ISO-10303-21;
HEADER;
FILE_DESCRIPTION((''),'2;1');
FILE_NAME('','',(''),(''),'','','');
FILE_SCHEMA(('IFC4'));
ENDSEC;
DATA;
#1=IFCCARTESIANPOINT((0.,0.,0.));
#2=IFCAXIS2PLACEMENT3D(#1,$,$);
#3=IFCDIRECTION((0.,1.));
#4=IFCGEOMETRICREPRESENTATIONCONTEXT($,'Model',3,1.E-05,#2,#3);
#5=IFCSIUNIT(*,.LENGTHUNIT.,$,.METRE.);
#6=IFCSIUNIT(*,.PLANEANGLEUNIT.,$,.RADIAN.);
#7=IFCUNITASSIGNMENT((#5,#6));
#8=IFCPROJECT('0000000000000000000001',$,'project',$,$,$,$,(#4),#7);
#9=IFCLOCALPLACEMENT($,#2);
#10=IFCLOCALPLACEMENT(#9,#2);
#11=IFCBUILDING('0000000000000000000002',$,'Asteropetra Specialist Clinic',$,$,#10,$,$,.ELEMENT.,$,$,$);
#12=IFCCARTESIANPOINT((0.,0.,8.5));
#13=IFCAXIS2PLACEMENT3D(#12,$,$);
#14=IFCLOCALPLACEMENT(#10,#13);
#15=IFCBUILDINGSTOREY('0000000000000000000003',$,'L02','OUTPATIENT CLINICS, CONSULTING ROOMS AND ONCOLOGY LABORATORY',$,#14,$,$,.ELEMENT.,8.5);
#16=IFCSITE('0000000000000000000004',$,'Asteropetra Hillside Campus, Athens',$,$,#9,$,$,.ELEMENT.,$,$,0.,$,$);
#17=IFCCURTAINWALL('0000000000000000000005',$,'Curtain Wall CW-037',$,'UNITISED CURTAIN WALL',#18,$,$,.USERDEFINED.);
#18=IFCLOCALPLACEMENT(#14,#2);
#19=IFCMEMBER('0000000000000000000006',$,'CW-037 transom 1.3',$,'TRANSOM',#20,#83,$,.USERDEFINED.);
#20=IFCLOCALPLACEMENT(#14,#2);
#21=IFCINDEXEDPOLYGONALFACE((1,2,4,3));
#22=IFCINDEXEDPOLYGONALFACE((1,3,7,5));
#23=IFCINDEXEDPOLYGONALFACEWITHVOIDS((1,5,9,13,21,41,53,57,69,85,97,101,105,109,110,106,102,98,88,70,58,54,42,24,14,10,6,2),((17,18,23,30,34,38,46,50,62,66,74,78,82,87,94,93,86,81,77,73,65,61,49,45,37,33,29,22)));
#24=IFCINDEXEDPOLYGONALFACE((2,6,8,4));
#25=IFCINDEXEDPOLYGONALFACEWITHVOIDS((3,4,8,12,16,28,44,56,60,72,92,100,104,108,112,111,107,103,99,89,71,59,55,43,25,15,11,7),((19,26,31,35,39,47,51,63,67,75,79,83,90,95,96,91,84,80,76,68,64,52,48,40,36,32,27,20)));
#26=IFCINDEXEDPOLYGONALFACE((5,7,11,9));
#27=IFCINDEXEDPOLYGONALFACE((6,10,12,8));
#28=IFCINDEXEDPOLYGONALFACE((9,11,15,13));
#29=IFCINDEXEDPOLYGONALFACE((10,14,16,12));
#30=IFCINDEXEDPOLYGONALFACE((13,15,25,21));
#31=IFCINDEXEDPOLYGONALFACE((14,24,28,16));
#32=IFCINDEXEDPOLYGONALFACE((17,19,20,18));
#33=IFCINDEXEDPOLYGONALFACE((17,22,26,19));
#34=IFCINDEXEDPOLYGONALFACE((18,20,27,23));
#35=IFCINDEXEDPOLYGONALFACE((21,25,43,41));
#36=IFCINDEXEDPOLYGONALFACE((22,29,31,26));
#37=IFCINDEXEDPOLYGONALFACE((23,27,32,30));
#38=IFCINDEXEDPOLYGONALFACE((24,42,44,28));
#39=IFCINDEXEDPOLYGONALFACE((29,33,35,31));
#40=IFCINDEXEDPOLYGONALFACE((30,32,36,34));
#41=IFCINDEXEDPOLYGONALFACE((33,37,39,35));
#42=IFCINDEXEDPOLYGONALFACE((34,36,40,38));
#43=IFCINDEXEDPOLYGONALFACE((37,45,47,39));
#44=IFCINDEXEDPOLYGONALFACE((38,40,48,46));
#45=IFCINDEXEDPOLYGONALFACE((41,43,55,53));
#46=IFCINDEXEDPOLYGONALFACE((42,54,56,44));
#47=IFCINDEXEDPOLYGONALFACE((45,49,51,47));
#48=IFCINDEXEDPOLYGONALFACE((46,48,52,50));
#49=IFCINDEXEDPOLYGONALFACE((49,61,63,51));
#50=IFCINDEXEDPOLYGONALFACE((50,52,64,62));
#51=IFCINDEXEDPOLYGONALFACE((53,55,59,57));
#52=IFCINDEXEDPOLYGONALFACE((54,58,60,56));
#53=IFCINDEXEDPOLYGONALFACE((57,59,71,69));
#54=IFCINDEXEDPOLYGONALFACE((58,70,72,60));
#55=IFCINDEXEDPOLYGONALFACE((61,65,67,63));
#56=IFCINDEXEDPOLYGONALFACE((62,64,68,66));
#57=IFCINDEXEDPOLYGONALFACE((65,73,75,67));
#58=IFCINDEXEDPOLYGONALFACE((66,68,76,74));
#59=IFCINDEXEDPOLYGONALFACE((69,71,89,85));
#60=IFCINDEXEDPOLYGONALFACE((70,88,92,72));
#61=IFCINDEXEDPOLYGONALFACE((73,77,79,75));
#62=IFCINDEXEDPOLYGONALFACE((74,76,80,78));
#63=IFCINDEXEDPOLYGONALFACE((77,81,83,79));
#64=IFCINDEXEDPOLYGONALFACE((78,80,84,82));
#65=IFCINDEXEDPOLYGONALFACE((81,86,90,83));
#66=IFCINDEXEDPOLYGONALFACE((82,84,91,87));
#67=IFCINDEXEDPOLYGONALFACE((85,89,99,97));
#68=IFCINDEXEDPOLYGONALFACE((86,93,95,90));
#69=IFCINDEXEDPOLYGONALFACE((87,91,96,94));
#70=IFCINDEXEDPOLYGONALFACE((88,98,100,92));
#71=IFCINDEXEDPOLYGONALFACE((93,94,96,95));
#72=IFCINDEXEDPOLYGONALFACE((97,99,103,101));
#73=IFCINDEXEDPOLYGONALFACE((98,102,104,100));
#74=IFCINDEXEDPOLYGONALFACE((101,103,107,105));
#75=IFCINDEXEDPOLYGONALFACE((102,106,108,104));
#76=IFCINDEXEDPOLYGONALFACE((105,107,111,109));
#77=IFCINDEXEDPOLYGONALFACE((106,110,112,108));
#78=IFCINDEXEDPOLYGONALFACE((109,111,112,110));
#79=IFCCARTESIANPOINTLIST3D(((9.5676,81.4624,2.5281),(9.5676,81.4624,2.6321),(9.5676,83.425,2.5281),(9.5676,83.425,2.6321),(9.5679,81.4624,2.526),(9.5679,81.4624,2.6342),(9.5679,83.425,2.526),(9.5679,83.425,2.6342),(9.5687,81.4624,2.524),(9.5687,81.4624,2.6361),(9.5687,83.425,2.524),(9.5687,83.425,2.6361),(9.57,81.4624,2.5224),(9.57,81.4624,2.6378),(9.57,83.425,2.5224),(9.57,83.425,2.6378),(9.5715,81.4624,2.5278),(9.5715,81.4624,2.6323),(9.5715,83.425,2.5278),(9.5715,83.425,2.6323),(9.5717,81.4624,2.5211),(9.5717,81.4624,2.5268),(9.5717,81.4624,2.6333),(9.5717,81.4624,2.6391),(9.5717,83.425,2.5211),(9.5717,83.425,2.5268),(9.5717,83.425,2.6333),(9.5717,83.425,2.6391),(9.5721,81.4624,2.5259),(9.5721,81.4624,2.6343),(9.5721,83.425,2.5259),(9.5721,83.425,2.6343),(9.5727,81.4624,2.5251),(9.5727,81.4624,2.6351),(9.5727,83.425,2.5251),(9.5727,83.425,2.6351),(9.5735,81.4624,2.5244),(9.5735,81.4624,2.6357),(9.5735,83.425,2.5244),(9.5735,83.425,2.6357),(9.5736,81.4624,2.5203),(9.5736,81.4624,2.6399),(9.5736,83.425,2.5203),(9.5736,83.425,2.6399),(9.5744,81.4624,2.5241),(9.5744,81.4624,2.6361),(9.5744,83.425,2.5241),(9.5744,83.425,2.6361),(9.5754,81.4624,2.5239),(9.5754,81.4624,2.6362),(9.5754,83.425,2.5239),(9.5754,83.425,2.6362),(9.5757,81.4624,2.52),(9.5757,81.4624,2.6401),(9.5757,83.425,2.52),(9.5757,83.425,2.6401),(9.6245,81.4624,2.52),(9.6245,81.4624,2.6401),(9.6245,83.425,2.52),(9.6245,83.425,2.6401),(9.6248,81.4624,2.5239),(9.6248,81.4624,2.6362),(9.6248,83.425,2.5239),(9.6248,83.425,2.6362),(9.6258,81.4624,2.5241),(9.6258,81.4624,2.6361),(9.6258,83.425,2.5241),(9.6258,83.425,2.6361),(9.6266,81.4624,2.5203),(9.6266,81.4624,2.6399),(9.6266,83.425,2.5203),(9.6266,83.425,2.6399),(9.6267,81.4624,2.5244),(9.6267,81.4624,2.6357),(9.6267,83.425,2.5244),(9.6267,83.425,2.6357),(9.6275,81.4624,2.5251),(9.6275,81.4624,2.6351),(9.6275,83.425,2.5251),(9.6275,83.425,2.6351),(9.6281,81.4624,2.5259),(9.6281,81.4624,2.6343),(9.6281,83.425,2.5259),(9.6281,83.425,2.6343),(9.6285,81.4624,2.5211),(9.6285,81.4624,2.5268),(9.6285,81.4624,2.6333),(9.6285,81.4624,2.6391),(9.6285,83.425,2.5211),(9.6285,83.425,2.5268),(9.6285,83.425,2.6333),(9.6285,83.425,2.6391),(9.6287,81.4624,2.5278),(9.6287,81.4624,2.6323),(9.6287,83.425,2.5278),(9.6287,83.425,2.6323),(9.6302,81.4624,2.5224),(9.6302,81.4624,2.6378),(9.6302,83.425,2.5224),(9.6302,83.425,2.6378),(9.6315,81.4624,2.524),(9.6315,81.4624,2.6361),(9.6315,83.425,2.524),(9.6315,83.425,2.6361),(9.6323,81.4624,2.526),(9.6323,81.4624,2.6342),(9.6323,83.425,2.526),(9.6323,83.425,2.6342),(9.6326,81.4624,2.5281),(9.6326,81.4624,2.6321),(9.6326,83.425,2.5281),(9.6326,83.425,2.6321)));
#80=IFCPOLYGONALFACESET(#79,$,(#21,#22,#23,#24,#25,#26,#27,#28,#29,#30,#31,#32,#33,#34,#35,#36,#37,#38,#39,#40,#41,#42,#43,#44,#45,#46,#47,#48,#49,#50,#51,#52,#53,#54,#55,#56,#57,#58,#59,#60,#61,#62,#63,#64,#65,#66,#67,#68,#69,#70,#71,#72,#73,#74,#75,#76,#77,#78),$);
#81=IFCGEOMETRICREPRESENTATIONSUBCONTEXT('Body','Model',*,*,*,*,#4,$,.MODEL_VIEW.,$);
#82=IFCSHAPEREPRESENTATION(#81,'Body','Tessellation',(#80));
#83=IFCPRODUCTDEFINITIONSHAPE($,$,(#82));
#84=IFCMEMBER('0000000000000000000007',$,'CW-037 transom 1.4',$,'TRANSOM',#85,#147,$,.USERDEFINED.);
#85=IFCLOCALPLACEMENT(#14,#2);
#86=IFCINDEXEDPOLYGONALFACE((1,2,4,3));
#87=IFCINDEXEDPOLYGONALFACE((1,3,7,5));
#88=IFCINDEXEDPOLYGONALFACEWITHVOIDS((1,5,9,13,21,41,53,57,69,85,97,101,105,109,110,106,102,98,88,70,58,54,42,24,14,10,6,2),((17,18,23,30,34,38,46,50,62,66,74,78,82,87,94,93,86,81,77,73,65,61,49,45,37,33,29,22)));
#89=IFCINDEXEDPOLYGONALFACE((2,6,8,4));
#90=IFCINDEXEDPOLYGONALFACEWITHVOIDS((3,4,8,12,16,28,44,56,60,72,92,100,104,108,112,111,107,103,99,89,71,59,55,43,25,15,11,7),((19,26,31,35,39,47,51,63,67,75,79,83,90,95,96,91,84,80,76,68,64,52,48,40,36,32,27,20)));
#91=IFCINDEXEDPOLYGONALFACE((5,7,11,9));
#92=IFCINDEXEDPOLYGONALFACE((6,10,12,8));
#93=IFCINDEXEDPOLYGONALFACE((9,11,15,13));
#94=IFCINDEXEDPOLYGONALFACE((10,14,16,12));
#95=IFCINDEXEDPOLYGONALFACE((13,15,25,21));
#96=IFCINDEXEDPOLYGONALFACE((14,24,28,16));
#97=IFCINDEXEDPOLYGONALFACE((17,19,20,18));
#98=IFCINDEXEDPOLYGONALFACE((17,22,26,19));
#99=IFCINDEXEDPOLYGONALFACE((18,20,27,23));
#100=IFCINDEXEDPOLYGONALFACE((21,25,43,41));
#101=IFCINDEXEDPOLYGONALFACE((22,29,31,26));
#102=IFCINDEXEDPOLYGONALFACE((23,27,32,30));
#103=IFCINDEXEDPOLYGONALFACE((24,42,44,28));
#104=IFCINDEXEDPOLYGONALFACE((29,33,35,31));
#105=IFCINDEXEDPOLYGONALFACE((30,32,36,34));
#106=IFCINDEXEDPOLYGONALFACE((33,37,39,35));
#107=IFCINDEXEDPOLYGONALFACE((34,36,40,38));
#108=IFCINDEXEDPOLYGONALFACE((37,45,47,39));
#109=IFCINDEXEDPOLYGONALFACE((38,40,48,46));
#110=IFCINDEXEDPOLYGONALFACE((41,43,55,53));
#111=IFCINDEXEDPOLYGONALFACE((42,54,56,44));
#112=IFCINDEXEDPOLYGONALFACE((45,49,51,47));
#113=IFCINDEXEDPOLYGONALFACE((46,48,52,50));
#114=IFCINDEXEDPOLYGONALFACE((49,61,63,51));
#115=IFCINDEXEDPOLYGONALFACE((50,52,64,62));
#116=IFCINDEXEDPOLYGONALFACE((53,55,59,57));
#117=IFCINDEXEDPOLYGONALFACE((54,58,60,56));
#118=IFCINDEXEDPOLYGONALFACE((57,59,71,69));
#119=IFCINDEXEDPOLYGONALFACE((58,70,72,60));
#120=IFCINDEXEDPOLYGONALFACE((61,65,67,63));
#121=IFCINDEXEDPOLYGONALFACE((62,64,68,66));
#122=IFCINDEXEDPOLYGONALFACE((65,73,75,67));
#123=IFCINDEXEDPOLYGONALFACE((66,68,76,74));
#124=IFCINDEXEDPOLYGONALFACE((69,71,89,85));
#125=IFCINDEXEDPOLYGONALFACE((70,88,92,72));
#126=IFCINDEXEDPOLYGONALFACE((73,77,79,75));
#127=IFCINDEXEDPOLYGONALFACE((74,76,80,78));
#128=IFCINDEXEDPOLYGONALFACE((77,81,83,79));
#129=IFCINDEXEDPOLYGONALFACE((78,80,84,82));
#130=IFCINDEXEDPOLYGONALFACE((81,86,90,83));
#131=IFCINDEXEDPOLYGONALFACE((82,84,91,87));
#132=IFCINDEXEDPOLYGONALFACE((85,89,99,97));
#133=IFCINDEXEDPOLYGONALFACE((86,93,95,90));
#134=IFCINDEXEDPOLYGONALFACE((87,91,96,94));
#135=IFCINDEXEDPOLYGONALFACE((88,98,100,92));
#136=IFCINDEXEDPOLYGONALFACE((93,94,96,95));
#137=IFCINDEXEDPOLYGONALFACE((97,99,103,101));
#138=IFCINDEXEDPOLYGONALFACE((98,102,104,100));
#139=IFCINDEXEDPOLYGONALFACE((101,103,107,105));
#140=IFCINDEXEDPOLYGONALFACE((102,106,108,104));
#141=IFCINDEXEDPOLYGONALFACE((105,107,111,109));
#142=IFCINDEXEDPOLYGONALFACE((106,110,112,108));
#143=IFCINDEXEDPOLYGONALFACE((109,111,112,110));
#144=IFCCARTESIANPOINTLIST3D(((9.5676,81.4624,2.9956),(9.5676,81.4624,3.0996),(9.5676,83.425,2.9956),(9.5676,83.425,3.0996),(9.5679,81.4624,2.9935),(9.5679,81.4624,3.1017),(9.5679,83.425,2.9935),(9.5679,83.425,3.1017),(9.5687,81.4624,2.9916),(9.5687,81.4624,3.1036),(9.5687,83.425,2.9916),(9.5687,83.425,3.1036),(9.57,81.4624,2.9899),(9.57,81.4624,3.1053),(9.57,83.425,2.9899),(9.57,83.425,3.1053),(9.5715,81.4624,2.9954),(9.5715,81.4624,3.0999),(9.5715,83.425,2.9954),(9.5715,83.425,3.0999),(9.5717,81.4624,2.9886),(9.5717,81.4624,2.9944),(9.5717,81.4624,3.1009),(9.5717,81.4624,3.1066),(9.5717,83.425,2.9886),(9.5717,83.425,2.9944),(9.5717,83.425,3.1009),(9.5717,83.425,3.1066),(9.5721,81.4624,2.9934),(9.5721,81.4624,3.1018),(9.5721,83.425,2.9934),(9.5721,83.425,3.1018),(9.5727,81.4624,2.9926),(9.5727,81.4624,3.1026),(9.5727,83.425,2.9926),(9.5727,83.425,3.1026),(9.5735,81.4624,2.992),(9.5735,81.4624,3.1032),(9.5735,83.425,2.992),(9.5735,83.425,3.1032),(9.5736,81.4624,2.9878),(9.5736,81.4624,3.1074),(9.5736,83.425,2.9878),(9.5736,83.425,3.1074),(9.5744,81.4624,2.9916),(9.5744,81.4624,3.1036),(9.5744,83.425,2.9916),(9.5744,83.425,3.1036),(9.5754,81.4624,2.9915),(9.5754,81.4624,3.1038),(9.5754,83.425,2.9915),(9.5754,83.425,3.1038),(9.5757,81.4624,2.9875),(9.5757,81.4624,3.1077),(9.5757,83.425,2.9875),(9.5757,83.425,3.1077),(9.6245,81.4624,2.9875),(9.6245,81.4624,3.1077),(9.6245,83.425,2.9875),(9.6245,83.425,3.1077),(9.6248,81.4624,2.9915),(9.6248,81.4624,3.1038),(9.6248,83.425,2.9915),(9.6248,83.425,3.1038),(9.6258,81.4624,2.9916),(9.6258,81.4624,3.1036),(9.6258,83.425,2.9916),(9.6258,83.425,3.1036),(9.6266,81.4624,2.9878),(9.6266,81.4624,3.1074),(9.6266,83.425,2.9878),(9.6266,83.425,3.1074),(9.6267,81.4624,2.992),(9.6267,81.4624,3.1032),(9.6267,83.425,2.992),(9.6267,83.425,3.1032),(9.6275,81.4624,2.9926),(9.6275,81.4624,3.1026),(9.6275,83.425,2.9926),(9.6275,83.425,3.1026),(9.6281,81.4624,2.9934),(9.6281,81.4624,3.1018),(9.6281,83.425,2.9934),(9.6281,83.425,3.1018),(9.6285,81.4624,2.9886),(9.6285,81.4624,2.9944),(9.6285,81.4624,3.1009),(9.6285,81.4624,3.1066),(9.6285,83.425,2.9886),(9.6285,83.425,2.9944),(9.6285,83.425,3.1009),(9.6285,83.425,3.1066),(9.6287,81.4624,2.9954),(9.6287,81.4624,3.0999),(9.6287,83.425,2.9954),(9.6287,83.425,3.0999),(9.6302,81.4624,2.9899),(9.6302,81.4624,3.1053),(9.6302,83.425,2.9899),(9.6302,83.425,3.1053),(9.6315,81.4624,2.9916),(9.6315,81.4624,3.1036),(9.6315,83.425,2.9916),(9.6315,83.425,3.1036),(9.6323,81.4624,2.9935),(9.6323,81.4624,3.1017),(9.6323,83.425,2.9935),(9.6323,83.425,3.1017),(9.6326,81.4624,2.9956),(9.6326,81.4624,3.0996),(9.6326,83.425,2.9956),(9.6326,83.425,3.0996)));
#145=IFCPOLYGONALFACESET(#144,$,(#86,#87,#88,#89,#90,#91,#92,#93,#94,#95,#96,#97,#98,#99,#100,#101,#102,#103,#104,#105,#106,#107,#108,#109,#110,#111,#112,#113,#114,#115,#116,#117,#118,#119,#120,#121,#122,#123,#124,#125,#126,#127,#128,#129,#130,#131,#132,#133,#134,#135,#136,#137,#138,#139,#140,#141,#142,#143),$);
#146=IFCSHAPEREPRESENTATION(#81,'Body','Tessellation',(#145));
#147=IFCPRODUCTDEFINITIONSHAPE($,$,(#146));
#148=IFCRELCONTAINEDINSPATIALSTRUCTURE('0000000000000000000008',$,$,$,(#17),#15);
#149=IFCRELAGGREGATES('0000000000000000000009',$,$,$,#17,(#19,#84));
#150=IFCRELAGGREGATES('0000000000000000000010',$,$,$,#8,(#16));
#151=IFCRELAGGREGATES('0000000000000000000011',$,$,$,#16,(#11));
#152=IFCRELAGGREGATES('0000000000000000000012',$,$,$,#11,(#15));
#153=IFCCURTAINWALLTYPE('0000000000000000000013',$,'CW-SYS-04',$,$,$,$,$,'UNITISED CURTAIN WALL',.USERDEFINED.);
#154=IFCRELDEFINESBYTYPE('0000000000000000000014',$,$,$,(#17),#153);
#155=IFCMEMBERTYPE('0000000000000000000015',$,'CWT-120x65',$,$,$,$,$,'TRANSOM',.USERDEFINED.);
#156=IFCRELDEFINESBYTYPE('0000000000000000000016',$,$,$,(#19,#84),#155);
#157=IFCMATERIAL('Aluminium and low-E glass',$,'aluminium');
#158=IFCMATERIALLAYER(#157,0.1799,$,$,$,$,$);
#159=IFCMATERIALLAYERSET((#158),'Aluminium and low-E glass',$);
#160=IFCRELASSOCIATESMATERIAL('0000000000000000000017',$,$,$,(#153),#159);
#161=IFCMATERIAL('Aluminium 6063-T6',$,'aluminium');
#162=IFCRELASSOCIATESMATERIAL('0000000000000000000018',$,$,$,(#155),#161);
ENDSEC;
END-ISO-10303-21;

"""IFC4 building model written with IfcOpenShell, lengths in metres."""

from ifc_helpers import new_model, si_unit, direction, frame, origin, origin_2d, place, context, subcontext, project, spatial, hollow_rectangle, extrude, material, layer, layer_set, material_profile, profile_set, type_object, element, aggregate, save


model = new_model("IFC4")

# Units and contexts
model_context = context("Model", 3, precision=1e-05, world=origin(), true_north=direction((0.0, 1.0)))
body_context = subcontext(model_context, "Body", "Model", "MODEL_VIEW")
ifc_project = project(units=[si_unit("LENGTHUNIT", "METRE"), si_unit("PLANEANGLEUNIT", "RADIAN")], contexts=[model_context])

# Site, building, storey
site_placement = place(None, origin())
site = spatial("IfcSite", under=ifc_project, at=site_placement, Name="Asteropetra Hillside Campus, Athens", CompositionType="ELEMENT", RefElevation=0.0)
building_placement = place(site_placement, origin())
building = spatial("IfcBuilding", under=site, at=building_placement, Name="Asteropetra Specialist Clinic", CompositionType="ELEMENT")
storey_placement = place(building_placement, frame((0.0, 0.0, 8.5)))
storey = spatial("IfcBuildingStorey", under=building, at=storey_placement, Name="L02", Description="OUTPATIENT CLINICS, CONSULTING ROOMS AND ONCOLOGY LABORATORY", CompositionType="ELEMENT", Elevation=8.5)

# Curtain wall
ifc_material_1 = material(Name="Aluminium and low-E glass", Category="aluminium")
ifc_layer_1 = layer(ifc_material_1, 0.1799)
ifc_layer_set_1 = layer_set([ifc_layer_1], Name="Aluminium and low-E glass")
curtain_wall_type_1 = type_object("IfcCurtainWallType", Name="CW-SYS-04", ElementType="UNITISED CURTAIN WALL", PredefinedType="USERDEFINED", material=ifc_layer_set_1)
curtain_wall_1_placement = place(storey_placement, origin())
curtain_wall_1 = element("IfcCurtainWall", 1, at=curtain_wall_1_placement, inside=storey, type_object=curtain_wall_type_1, Name="Curtain Wall CW-037", ObjectType="UNITISED CURTAIN WALL", PredefinedType="USERDEFINED")

# Members
ifc_material_2 = material(Name="Aluminium 6063-T6", Category="aluminium")
ifc_material_profile_1 = material_profile(ifc_material_2, hollow_rectangle(XDim=0.0649, YDim=0.1201, WallThickness=0.0039, InnerFilletRadius=0.0039, OuterFilletRadius=0.0081, at=origin_2d()), Name="TRN 120x65x4.0")
ifc_profile_set_1 = profile_set([ifc_material_profile_1], Name="Aluminium 6063-T6")
member_type_1 = type_object("IfcMemberType", Name="CWT-120x65", ElementType="TRANSOM", PredefinedType="USERDEFINED", material=ifc_profile_set_1)
member_1_placement = place(storey_placement, frame((9.6001, 83.425, 2.5801), z_axis=(0.0, -1.0, 0.0), x_axis=(1.0, 0.0, 0.0)))
member_1 = element("IfcMember", 2, at=member_1_placement, type_object=member_type_1, Name="CW-037 transom 1.3", ObjectType="TRANSOM", PredefinedType="USERDEFINED", context=body_context, shape_type="SweptSolid", body=[
    extrude(hollow_rectangle(XDim=0.0649, YDim=0.1201, WallThickness=0.0039, InnerFilletRadius=0.0039, OuterFilletRadius=0.0081, at=origin_2d()), origin(), (0.0, 0.0, 1.0), 1.9626),
])
member_2_placement = place(storey_placement, frame((9.6001, 83.425, 3.0476), z_axis=(0.0, -1.0, 0.0), x_axis=(1.0, 0.0, 0.0)))
member_2 = element("IfcMember", 3, at=member_2_placement, type_object=member_type_1, Name="CW-037 transom 1.4", ObjectType="TRANSOM", PredefinedType="USERDEFINED", context=body_context, shape_type="SweptSolid", body=[
    extrude(hollow_rectangle(XDim=0.0649, YDim=0.1201, WallThickness=0.0039, InnerFilletRadius=0.0039, OuterFilletRadius=0.0081, at=origin_2d()), origin(), (0.0, 0.0, 1.0), 1.9626),
])

aggregate(curtain_wall_1, [member_1, member_2])

save(model, "model.ifc")
